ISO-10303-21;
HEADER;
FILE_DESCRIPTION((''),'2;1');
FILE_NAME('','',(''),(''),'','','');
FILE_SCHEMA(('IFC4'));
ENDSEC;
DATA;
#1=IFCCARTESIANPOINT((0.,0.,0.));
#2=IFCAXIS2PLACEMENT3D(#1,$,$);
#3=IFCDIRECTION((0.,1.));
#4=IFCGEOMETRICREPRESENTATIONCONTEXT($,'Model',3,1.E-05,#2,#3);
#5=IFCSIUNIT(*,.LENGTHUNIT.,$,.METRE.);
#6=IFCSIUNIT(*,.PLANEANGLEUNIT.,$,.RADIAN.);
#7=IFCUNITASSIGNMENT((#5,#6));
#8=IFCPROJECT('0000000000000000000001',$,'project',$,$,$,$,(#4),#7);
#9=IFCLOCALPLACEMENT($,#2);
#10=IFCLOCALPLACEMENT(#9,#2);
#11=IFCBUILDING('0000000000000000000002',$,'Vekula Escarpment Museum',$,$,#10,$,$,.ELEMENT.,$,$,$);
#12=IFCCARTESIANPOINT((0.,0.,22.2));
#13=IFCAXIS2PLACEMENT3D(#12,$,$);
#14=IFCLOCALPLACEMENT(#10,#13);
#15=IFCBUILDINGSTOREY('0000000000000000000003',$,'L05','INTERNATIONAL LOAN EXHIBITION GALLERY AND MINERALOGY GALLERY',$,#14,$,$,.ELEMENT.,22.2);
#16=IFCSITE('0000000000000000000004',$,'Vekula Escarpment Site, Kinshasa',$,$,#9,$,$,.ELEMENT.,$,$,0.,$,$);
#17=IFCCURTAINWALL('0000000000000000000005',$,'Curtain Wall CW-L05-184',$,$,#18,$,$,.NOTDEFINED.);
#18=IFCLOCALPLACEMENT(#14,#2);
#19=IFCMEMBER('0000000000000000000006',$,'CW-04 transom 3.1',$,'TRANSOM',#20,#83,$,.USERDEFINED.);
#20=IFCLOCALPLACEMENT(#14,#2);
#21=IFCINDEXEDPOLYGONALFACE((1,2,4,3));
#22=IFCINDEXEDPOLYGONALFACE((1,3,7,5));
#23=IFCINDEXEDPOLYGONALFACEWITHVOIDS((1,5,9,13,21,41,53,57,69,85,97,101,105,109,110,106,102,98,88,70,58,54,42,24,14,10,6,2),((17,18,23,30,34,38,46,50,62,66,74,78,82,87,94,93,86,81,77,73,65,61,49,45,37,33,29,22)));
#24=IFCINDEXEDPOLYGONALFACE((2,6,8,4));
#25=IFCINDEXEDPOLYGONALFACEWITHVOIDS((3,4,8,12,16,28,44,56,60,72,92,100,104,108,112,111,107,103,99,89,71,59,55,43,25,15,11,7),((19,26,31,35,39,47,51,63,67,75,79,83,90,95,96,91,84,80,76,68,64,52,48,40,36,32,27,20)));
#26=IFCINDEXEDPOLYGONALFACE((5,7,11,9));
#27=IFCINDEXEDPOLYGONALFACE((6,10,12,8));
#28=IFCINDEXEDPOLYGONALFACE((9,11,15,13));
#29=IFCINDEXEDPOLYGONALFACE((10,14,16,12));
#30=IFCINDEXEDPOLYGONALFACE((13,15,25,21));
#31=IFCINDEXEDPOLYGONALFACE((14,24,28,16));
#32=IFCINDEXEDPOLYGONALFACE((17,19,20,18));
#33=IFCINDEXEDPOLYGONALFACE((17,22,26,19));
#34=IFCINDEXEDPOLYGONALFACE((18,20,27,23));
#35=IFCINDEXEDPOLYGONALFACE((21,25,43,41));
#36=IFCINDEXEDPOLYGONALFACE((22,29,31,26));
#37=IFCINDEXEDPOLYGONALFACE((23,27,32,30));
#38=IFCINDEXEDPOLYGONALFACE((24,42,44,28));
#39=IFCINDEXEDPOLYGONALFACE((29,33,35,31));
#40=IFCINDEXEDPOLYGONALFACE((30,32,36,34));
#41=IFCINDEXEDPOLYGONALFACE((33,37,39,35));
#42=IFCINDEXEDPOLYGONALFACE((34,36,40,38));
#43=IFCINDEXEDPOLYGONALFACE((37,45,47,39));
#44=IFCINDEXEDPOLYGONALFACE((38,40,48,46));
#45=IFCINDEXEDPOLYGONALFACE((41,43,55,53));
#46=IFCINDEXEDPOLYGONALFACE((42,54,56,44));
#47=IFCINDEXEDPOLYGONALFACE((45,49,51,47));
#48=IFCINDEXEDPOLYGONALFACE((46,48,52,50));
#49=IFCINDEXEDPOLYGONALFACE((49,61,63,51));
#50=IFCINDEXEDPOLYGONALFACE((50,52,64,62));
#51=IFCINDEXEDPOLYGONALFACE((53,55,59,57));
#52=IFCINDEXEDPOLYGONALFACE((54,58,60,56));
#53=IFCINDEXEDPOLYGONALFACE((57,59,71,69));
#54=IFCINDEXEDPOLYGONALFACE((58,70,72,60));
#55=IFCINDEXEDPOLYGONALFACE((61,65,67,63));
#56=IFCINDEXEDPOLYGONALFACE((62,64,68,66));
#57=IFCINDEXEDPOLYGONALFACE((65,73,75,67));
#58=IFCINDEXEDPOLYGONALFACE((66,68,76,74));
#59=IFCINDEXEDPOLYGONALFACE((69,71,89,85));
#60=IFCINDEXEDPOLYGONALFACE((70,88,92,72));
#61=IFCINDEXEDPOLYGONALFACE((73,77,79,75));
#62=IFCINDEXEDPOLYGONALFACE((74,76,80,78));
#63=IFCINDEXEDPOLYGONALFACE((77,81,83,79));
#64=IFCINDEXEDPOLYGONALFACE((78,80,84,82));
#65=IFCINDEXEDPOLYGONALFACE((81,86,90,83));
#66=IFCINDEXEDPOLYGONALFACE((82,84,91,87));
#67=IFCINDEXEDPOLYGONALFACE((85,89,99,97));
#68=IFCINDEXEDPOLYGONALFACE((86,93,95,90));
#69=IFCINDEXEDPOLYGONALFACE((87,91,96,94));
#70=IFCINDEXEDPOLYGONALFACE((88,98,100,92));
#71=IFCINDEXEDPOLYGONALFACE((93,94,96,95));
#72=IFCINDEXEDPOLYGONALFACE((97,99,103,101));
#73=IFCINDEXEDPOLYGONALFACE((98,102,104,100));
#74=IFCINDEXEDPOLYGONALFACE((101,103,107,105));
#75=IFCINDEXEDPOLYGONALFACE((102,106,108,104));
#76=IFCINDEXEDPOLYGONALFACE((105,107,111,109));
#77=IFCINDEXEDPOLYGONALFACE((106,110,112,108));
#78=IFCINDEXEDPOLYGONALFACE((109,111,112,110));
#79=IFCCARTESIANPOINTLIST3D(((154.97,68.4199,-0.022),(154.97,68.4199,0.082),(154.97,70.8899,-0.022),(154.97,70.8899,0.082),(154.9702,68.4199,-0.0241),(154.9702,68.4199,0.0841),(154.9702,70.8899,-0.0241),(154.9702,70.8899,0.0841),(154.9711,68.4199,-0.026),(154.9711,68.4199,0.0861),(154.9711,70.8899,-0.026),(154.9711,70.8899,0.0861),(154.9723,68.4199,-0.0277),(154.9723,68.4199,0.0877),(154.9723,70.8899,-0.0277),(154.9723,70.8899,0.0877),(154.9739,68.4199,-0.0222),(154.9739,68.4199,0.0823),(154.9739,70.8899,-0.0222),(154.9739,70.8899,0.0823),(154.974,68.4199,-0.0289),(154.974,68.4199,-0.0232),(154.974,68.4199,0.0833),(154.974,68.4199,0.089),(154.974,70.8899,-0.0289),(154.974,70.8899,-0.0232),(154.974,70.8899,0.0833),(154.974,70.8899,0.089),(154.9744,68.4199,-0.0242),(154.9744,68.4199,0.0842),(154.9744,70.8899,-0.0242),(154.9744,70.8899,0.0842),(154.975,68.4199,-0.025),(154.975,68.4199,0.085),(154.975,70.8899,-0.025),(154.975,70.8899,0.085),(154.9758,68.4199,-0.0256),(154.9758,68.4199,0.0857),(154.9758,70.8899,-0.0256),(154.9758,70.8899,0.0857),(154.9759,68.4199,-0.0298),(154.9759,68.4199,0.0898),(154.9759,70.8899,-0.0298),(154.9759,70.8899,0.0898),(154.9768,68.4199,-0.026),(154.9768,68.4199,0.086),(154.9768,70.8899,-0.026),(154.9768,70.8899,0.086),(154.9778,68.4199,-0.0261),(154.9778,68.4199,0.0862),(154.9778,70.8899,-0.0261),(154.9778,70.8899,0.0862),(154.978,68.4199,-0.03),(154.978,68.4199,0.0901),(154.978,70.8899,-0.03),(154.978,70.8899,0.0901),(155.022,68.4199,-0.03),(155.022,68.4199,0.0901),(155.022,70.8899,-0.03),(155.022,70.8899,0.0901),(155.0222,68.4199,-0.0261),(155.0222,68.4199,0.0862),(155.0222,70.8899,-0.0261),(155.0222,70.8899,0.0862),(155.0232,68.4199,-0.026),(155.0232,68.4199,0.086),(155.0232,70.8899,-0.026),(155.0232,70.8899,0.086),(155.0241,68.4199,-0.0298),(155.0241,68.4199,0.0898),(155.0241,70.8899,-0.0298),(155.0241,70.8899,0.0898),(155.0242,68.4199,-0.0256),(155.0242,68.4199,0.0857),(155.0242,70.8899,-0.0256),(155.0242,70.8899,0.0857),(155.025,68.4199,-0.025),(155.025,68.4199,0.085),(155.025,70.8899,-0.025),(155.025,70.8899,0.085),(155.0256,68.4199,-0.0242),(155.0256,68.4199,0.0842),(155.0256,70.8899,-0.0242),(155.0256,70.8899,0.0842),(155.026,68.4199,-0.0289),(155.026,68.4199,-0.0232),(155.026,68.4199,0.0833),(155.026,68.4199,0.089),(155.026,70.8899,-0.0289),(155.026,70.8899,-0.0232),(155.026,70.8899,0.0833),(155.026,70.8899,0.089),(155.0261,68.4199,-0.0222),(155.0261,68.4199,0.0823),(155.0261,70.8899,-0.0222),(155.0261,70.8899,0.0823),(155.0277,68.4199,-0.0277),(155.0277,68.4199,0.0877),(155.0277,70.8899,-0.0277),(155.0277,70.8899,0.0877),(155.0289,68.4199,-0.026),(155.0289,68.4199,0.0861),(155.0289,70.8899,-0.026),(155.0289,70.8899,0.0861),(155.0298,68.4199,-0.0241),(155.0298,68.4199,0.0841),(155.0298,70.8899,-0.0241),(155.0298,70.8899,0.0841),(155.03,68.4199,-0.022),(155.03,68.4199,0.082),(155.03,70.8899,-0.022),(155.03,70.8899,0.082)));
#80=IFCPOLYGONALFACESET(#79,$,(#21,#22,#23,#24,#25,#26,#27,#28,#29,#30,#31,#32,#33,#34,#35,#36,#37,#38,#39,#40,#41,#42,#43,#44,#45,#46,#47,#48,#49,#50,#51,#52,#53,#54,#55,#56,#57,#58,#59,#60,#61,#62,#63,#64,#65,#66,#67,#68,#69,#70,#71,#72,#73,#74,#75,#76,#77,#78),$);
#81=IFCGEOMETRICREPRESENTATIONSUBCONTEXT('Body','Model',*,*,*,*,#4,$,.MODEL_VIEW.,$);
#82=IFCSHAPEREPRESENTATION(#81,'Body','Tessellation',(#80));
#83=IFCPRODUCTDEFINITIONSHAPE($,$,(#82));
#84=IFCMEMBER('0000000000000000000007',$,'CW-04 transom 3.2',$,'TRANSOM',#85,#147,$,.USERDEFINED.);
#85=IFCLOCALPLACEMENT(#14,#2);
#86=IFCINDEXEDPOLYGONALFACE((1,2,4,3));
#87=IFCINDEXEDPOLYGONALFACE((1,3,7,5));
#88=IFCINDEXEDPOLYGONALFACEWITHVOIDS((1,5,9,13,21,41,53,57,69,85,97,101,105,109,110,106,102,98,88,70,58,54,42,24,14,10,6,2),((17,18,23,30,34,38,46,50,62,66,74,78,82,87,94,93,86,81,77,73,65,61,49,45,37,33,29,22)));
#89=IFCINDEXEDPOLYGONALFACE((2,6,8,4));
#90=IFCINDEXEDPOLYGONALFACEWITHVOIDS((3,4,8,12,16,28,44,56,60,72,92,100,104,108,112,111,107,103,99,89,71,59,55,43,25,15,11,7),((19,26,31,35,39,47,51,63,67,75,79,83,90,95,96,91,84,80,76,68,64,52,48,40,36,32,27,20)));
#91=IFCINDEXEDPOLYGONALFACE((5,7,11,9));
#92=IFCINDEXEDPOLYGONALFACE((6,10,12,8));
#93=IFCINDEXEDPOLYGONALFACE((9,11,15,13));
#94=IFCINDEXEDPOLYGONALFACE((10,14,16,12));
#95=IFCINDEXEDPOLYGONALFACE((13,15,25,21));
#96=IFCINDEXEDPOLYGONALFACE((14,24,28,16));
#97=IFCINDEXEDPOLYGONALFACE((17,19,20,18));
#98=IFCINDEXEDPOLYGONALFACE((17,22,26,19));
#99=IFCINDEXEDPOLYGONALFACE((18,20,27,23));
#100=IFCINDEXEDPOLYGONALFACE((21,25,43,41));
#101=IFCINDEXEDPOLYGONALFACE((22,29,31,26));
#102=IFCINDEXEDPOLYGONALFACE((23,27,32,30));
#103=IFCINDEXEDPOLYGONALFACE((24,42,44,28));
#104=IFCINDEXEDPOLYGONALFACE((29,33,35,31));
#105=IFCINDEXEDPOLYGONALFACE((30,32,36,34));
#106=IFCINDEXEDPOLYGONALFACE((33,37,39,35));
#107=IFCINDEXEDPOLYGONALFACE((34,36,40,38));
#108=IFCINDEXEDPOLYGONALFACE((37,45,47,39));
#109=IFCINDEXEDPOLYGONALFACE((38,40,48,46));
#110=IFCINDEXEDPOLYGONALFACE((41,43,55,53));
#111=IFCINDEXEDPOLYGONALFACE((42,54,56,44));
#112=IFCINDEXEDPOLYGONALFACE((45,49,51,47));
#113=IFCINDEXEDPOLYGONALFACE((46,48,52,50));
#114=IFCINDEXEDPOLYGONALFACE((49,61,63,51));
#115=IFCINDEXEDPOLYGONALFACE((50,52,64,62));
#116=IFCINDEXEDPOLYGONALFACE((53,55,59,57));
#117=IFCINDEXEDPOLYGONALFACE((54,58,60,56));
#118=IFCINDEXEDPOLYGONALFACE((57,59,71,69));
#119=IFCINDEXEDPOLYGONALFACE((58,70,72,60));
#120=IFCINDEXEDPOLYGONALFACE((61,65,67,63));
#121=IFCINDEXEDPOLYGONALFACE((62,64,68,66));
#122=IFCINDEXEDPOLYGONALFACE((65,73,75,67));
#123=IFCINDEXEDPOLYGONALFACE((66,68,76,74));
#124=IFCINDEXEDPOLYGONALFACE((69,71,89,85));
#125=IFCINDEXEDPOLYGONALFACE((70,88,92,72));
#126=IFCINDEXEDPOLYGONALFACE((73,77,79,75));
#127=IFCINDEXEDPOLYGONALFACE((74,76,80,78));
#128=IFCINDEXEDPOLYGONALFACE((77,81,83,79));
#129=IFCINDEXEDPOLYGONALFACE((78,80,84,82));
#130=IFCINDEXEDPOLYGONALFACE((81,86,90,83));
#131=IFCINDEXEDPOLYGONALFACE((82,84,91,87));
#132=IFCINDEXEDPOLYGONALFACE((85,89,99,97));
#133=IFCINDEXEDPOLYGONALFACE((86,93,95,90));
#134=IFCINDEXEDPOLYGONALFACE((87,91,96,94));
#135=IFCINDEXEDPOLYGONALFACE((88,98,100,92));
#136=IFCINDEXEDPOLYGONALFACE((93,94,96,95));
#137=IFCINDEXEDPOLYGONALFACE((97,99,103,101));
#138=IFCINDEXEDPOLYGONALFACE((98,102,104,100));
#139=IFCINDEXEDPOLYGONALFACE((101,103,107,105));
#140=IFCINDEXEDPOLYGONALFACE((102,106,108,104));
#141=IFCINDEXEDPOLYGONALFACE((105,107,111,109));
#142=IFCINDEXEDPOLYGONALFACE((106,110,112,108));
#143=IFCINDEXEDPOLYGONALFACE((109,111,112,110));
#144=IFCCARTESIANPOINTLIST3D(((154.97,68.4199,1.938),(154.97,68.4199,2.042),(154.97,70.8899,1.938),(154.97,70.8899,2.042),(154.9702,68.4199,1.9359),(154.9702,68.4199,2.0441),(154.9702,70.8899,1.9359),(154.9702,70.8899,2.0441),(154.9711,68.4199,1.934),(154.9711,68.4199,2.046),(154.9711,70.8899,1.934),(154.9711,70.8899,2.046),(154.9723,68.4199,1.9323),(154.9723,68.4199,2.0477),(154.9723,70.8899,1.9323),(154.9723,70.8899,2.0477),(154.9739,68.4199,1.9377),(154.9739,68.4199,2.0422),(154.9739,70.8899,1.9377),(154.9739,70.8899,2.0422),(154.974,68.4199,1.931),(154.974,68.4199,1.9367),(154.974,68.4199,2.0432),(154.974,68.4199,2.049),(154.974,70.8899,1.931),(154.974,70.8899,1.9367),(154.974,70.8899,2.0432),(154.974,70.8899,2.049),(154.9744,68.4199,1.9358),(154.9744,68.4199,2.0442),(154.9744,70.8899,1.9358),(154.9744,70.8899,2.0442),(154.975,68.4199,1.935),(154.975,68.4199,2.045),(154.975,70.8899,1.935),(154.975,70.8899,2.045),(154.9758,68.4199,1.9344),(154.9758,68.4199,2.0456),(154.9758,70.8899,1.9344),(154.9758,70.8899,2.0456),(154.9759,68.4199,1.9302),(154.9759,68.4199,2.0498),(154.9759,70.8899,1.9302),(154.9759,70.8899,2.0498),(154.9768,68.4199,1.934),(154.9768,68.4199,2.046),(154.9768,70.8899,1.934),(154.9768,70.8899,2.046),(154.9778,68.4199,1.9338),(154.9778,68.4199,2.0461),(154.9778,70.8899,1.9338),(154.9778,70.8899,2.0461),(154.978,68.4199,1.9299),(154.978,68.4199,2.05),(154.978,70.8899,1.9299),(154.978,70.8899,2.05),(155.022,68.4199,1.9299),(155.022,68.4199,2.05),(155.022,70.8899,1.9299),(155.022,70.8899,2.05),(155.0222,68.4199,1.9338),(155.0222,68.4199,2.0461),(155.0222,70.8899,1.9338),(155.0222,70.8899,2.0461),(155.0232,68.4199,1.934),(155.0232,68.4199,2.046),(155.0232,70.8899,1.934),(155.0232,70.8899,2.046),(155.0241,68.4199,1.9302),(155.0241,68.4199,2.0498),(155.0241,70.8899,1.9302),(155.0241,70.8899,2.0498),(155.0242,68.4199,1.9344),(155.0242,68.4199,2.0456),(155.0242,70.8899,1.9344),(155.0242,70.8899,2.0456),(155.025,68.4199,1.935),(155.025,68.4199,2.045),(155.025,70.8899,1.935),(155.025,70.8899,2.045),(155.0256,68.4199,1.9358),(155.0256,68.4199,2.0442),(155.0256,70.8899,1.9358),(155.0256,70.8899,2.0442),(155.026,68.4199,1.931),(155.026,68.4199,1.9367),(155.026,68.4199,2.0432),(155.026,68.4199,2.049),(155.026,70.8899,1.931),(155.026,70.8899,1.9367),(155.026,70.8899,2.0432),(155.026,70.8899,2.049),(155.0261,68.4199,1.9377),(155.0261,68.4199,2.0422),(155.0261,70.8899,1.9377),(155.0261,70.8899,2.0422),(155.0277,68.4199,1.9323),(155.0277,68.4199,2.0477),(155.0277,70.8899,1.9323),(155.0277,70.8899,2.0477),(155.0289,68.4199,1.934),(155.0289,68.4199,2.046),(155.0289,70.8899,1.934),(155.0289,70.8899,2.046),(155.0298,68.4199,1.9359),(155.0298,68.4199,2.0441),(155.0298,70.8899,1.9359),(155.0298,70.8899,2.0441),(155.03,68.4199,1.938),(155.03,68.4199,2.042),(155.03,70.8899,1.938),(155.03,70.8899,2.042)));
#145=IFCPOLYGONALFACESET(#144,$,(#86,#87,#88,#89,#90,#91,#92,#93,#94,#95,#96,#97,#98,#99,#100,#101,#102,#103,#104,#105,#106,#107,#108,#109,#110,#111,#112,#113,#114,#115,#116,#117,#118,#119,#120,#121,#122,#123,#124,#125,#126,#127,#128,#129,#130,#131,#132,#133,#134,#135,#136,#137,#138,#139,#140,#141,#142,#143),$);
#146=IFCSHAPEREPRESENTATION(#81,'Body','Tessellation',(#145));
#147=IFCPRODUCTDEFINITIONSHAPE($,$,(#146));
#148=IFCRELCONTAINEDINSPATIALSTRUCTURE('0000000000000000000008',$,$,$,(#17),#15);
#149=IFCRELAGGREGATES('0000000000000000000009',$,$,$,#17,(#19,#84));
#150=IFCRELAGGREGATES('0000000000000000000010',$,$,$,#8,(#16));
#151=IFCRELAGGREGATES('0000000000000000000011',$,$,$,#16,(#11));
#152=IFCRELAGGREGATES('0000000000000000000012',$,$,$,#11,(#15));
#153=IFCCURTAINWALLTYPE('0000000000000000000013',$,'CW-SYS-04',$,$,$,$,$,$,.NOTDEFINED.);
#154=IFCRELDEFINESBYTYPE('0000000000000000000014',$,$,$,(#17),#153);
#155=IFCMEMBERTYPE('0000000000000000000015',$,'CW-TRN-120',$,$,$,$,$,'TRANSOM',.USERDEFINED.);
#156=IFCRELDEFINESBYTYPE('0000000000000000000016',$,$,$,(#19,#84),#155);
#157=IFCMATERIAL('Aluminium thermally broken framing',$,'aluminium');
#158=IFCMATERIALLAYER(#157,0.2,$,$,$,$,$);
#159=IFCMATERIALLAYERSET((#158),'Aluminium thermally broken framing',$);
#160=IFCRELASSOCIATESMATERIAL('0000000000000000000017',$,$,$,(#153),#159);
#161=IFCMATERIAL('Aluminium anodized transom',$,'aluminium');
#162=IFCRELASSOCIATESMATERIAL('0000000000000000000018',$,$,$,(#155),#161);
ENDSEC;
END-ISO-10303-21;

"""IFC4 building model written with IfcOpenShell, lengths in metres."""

from ifc_helpers import new_model, si_unit, direction, frame, origin, origin_2d, place, context, subcontext, project, spatial, hollow_rectangle, extrude, material, layer, layer_set, material_profile, profile_set, type_object, element, aggregate, save


model = new_model("IFC4")

# Units and contexts
model_context = context("Model", 3, precision=1e-05, world=origin(), true_north=direction((0.0, 1.0)))
body_context = subcontext(model_context, "Body", "Model", "MODEL_VIEW")
ifc_project = project(units=[si_unit("LENGTHUNIT", "METRE"), si_unit("PLANEANGLEUNIT", "RADIAN")], contexts=[model_context])

# Site, building, storey
site_placement = place(None, origin())
site = spatial("IfcSite", under=ifc_project, at=site_placement, Name="Vekula Escarpment Site, Kinshasa", CompositionType="ELEMENT", RefElevation=0.0)
building_placement = place(site_placement, origin())
building = spatial("IfcBuilding", under=site, at=building_placement, Name="Vekula Escarpment Museum", CompositionType="ELEMENT")
storey_placement = place(building_placement, frame((0.0, 0.0, 22.2)))
storey = spatial("IfcBuildingStorey", under=building, at=storey_placement, Name="L05", Description="INTERNATIONAL LOAN EXHIBITION GALLERY AND MINERALOGY GALLERY", CompositionType="ELEMENT", Elevation=22.2)

# Curtain wall, members
ifc_material_1 = material(Name="Aluminium thermally broken framing", Category="aluminium")
ifc_layer_1 = layer(ifc_material_1, 0.2)
ifc_layer_set_1 = layer_set([ifc_layer_1], Name="Aluminium thermally broken framing")
curtain_wall_type = type_object("IfcCurtainWallType", Name="CW-SYS-04", PredefinedType="NOTDEFINED", material=ifc_layer_set_1)
curtain_wall_placement = place(storey_placement, origin())
curtain_wall = element("IfcCurtainWall", 1, at=curtain_wall_placement, inside=storey, type_object=curtain_wall_type, Name="Curtain Wall CW-L05-184", PredefinedType="NOTDEFINED")
ifc_material_2 = material(Name="Aluminium anodized transom", Category="aluminium")
ifc_material_profile_1 = material_profile(ifc_material_2, hollow_rectangle(XDim=0.0601, YDim=0.1201, WallThickness=0.0039, InnerFilletRadius=0.0039, OuterFilletRadius=0.0081, at=origin_2d()), Name="ALU 120x60x4")
ifc_profile_set_1 = profile_set([ifc_material_profile_1], Name="Aluminium anodized transom")
member_type_1 = type_object("IfcMemberType", Name="CW-TRN-120", ElementType="TRANSOM", PredefinedType="USERDEFINED", material=ifc_profile_set_1)
member_1_placement = place(storey_placement, frame((155.0, 70.8899, 0.03), z_axis=(0.0, -1.0, 0.0), x_axis=(1.0, 0.0, 0.0)))
member_1 = element("IfcMember", 2, at=member_1_placement, type_object=member_type_1, Name="CW-04 transom 3.1", ObjectType="TRANSOM", PredefinedType="USERDEFINED", context=body_context, shape_type="SweptSolid", body=[
    extrude(hollow_rectangle(XDim=0.0601, YDim=0.1201, WallThickness=0.0039, InnerFilletRadius=0.0039, OuterFilletRadius=0.0081, at=origin_2d()), origin(), (0.0, 0.0, 1.0), 2.47),
])
member_2_placement = place(storey_placement, frame((155.0, 70.8899, 1.99), z_axis=(0.0, -1.0, 0.0), x_axis=(1.0, 0.0, 0.0)))
member_2 = element("IfcMember", 3, at=member_2_placement, type_object=member_type_1, Name="CW-04 transom 3.2", ObjectType="TRANSOM", PredefinedType="USERDEFINED", context=body_context, shape_type="SweptSolid", body=[
    extrude(hollow_rectangle(XDim=0.0601, YDim=0.1201, WallThickness=0.0039, InnerFilletRadius=0.0039, OuterFilletRadius=0.0081, at=origin_2d()), origin(), (0.0, 0.0, 1.0), 2.47),
])
aggregate(curtain_wall, [member_1, member_2])

save(model, "model.ifc")
